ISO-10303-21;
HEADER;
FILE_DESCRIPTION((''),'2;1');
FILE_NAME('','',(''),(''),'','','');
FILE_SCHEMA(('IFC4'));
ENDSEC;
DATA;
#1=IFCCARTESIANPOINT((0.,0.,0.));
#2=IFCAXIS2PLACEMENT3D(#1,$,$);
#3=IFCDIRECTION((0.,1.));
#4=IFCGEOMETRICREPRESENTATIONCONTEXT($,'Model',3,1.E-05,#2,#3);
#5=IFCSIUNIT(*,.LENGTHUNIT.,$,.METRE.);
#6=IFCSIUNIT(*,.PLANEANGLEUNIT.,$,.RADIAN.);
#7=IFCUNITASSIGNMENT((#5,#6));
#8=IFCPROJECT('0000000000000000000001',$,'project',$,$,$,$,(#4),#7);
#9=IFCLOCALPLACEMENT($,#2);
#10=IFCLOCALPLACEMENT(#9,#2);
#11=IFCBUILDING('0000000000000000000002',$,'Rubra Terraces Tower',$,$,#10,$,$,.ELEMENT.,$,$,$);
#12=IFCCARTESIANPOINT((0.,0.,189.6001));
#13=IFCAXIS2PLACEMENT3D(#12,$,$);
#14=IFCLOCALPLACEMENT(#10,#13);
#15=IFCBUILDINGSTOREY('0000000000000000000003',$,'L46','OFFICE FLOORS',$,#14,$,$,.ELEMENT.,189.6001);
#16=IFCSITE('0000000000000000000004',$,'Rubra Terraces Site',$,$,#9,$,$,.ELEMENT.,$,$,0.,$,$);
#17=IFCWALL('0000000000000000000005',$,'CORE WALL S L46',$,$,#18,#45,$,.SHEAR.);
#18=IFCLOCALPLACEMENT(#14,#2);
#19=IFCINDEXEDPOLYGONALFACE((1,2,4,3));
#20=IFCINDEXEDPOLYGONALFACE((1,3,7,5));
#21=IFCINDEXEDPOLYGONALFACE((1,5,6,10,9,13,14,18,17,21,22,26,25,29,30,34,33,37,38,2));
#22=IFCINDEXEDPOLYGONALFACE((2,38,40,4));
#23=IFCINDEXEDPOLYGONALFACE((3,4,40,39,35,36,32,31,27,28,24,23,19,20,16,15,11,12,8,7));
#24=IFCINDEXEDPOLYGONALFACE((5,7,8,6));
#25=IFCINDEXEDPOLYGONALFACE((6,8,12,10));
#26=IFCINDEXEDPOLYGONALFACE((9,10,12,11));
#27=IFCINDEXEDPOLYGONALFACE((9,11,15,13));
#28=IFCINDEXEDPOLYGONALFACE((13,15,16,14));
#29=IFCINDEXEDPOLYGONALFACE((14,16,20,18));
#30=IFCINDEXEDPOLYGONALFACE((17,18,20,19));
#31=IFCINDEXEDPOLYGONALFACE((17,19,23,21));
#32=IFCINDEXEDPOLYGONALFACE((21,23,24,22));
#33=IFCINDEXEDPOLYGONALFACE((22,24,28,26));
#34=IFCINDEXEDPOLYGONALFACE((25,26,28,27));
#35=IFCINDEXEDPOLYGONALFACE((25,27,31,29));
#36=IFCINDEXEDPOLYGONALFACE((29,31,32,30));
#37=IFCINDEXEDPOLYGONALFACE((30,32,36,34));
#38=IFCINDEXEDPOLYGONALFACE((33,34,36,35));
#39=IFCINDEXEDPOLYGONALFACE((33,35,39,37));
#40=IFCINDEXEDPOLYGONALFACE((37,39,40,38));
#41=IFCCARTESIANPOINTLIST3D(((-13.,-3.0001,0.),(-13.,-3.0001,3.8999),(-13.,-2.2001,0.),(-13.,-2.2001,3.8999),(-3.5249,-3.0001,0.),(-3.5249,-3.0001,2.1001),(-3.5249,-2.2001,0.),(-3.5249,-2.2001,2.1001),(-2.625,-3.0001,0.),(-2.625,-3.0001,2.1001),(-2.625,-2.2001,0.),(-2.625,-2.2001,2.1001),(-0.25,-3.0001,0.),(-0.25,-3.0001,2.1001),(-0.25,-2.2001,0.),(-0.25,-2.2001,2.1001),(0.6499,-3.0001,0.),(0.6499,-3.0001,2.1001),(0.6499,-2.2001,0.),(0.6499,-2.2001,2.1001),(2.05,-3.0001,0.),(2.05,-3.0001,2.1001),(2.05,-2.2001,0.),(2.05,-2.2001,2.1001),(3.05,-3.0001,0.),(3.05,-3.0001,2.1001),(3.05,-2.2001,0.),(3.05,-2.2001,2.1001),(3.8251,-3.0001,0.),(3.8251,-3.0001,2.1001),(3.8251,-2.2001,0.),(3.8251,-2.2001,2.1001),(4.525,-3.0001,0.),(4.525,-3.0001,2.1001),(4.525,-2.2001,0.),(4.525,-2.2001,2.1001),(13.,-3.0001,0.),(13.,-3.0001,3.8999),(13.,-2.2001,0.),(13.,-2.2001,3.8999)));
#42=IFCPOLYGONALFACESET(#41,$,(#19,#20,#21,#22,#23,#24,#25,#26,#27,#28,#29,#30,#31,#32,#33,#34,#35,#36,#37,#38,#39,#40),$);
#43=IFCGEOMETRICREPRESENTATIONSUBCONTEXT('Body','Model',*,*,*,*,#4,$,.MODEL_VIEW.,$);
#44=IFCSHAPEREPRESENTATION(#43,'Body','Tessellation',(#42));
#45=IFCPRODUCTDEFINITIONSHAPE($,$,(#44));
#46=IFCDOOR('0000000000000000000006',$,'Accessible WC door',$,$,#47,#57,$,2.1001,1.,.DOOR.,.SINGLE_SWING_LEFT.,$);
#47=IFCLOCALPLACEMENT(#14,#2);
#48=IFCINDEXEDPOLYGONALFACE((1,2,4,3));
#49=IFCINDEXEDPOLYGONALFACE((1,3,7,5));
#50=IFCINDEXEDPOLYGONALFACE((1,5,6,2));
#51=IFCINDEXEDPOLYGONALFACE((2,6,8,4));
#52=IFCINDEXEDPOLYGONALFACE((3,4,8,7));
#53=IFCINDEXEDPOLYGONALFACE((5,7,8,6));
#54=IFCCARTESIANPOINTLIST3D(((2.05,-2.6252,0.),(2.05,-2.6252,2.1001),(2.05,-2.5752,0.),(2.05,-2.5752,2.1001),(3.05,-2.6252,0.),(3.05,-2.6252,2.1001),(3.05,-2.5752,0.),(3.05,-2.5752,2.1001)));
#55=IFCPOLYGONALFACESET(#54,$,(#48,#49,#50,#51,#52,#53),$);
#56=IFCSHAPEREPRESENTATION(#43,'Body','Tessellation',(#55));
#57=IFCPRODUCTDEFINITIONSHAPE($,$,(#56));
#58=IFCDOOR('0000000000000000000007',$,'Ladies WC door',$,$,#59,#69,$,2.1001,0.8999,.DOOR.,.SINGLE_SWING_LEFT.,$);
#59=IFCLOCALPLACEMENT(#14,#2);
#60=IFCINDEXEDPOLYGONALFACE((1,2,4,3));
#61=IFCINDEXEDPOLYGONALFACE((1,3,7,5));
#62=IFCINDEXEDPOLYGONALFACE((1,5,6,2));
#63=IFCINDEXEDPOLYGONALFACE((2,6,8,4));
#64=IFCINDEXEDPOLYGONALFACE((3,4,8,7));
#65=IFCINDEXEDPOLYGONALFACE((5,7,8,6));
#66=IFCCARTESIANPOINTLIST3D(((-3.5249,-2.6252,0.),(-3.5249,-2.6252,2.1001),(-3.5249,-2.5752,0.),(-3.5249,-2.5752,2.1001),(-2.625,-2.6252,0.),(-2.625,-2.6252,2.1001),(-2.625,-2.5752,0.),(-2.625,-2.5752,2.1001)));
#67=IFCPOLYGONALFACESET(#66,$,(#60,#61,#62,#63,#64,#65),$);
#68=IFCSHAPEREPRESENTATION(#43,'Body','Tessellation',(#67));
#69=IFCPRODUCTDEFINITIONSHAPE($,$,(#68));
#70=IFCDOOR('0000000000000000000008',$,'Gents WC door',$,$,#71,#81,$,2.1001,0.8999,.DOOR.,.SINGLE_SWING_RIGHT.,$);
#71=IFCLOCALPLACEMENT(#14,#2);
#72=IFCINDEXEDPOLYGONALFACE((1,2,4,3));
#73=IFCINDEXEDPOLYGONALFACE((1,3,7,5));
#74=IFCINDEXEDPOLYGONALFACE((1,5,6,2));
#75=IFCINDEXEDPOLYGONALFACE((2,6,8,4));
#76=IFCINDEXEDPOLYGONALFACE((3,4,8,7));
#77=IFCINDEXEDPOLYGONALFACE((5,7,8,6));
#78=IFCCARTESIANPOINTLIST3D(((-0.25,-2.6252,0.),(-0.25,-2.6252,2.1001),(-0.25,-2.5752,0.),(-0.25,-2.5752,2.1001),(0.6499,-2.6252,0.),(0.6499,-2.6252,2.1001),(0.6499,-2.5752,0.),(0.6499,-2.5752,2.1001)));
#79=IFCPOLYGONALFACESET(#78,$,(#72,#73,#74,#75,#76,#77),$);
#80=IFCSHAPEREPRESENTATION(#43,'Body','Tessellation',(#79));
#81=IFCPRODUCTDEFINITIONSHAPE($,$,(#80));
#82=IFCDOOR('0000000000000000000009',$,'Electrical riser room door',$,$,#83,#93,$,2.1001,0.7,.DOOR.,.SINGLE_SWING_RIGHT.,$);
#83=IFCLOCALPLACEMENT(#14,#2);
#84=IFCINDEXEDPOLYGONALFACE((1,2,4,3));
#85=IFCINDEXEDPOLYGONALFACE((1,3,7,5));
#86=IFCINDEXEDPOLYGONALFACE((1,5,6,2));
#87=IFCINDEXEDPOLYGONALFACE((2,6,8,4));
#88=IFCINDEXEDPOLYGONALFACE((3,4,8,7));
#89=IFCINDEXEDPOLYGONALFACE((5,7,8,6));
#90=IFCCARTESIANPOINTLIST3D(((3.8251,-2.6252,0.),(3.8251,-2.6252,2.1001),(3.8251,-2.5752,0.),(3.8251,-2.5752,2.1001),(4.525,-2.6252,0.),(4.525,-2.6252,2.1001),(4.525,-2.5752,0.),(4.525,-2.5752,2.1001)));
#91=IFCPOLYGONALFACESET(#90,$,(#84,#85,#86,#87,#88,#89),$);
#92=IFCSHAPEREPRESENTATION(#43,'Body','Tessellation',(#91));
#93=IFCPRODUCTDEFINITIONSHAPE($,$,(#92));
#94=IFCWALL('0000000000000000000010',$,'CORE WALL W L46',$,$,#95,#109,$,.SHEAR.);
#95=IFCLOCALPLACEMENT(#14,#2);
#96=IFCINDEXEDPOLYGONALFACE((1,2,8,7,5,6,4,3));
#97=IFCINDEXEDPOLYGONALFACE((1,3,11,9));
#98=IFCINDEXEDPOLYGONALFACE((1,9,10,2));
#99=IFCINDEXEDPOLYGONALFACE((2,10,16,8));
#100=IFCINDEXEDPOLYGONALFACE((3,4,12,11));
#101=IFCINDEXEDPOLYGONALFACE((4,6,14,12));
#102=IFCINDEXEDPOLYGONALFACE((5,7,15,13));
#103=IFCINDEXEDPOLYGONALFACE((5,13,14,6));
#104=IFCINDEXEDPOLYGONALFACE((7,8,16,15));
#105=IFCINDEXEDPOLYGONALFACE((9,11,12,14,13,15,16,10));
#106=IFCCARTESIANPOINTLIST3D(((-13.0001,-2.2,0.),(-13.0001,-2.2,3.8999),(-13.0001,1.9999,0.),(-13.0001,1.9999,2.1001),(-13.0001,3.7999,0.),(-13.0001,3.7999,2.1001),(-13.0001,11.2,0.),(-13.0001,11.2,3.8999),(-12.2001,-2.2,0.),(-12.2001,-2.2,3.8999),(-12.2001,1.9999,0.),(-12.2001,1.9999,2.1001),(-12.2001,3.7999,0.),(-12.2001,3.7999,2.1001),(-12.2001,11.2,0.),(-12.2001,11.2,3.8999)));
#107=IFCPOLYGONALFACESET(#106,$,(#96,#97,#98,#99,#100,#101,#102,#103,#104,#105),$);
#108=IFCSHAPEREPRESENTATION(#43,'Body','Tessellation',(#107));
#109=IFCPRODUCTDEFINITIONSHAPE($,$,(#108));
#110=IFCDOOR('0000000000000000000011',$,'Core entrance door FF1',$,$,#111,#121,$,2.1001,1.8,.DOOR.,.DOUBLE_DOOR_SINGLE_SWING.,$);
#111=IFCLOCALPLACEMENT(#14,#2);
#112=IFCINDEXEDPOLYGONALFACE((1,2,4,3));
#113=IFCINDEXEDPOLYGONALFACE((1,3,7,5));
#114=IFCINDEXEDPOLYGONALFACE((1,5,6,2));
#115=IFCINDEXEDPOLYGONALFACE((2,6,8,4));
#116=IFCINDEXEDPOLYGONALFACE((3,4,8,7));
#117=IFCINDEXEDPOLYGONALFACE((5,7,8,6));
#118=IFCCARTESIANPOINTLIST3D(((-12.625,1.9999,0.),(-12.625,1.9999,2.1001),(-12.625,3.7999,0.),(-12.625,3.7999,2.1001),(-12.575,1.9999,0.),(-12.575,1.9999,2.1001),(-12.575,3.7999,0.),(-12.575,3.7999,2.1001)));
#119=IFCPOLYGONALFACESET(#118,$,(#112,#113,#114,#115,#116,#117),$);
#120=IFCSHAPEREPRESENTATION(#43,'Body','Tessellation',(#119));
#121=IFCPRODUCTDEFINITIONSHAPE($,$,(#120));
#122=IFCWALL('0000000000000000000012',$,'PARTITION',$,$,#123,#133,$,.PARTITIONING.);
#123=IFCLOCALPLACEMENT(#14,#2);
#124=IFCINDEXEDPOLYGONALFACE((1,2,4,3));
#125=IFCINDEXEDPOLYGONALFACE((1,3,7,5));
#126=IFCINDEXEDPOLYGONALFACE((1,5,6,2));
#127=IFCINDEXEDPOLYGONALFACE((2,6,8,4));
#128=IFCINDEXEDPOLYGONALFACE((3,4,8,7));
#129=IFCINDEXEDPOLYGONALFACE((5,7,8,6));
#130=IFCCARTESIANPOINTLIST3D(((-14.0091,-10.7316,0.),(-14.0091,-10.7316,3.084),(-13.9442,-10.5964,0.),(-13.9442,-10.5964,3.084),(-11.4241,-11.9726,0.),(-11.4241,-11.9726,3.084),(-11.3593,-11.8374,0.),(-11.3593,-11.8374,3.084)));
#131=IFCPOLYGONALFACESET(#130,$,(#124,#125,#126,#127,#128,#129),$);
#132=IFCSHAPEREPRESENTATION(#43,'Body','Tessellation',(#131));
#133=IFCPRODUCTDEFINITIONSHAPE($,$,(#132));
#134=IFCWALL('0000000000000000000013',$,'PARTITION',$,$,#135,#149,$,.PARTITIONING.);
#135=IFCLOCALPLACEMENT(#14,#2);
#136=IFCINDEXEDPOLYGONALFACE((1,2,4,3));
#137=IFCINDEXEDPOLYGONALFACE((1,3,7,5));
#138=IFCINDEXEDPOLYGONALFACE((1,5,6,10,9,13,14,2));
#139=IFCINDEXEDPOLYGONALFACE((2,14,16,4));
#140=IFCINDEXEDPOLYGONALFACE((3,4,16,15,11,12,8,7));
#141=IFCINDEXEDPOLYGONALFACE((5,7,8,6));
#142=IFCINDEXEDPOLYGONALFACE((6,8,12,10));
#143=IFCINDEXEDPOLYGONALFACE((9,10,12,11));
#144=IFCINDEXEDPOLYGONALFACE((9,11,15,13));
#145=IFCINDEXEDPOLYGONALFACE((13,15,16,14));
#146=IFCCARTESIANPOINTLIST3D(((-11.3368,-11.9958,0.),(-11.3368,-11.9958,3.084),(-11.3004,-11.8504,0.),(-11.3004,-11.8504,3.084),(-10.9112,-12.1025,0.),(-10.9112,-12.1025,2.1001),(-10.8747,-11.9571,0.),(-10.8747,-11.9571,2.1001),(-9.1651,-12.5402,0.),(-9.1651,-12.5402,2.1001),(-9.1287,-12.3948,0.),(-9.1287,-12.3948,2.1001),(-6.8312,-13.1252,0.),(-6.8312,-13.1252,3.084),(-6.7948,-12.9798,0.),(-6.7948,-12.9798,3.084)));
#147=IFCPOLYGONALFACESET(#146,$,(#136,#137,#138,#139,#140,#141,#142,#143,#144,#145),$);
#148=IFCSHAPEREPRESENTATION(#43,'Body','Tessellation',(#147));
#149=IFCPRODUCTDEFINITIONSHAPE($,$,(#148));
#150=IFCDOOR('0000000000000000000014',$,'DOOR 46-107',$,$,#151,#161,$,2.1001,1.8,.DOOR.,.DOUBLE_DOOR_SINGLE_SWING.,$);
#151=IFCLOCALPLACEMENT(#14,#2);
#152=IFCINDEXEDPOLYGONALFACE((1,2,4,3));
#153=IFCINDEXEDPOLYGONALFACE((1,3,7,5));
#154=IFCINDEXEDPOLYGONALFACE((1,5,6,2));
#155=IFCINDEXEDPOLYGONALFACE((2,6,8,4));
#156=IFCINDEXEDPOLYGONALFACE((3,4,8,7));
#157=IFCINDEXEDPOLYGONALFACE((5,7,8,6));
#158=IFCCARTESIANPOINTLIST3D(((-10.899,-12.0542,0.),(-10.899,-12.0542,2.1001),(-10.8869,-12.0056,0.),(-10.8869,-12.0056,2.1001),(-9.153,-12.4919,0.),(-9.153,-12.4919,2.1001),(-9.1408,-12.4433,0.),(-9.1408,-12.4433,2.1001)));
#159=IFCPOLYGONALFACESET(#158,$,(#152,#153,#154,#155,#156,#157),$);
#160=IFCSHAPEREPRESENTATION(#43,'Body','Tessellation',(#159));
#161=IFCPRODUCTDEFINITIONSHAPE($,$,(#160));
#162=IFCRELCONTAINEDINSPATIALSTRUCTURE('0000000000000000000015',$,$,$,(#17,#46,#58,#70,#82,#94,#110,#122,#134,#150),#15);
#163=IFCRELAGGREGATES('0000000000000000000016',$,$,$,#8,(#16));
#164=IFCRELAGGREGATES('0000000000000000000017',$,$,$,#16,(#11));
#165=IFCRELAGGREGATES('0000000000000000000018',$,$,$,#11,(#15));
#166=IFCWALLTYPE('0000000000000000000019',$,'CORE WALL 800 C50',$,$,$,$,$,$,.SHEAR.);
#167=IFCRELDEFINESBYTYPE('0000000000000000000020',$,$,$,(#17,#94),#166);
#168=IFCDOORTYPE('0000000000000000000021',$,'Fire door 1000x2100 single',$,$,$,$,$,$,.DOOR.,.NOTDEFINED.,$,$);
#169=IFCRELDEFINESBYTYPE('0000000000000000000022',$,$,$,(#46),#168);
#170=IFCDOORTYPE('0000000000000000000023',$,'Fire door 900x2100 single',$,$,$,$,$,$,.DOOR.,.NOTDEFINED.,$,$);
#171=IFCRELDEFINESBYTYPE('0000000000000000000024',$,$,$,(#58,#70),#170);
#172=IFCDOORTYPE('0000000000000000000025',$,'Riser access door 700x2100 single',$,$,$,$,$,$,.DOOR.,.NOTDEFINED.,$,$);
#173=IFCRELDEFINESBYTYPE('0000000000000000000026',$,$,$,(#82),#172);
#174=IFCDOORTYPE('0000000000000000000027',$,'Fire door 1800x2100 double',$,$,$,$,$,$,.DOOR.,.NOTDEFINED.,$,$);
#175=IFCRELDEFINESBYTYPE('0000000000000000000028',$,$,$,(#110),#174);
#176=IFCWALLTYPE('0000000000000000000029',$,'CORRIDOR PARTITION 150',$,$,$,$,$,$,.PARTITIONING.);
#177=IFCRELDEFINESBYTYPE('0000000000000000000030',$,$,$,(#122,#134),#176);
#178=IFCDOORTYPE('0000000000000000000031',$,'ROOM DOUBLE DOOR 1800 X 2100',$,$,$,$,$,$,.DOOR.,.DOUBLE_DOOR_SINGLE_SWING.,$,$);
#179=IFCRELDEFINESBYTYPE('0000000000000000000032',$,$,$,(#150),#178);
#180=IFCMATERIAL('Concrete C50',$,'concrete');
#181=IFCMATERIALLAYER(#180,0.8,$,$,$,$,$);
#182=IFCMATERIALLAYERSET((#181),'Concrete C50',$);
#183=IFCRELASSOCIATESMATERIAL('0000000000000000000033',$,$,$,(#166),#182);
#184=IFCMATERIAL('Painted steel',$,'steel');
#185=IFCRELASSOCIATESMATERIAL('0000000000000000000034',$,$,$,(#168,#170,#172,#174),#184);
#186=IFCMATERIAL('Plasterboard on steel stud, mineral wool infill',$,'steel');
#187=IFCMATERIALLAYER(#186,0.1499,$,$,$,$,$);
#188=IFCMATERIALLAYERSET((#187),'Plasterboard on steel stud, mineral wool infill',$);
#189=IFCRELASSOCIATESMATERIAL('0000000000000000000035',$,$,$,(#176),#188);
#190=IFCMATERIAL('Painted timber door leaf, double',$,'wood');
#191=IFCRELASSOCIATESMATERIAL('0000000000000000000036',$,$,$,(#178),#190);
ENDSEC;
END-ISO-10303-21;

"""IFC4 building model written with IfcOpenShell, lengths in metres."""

from ifc_helpers import new_model, si_unit, direction, frame, frame_2d, origin, place, context, subcontext, project, spatial, rectangle, extrude, material, layer, layer_set, type_object, element, fill, save


model = new_model("IFC4")

# Units and contexts
model_context = context("Model", 3, precision=1e-05, world=origin(), true_north=direction((0.0, 1.0)))
body_context = subcontext(model_context, "Body", "Model", "MODEL_VIEW")
ifc_project = project(units=[si_unit("LENGTHUNIT", "METRE"), si_unit("PLANEANGLEUNIT", "RADIAN")], contexts=[model_context])

# Site, building, storey
site_placement = place(None, origin())
site = spatial("IfcSite", under=ifc_project, at=site_placement, Name="Rubra Terraces Site", CompositionType="ELEMENT", RefElevation=0.0)
building_placement = place(site_placement, origin())
building = spatial("IfcBuilding", under=site, at=building_placement, Name="Rubra Terraces Tower", CompositionType="ELEMENT")
storey_placement = place(building_placement, frame((0.0, 0.0, 189.6001)))
storey = spatial("IfcBuildingStorey", under=building, at=storey_placement, Name="L46", Description="OFFICE FLOORS", CompositionType="ELEMENT", Elevation=189.6001)

# Wall, openings, doors
ifc_material_1 = material(Name="Concrete C50", Category="concrete")
ifc_layer_1 = layer(ifc_material_1, 0.8)
ifc_layer_set_1 = layer_set([ifc_layer_1], Name="Concrete C50")
wall_type_1 = type_object("IfcWallType", Name="CORE WALL 800 C50", PredefinedType="SHEAR", material=ifc_layer_set_1)
wall_1_placement = place(storey_placement, frame((-13.0, -2.6001, 0.0), z_axis=(0.0, 0.0, 1.0), x_axis=(1.0, 0.0, 0.0)))
wall_1 = element("IfcWall", 1, at=wall_1_placement, inside=storey, type_object=wall_type_1, Name="CORE WALL S L46", PredefinedType="SHEAR", context=body_context, shape_type="SweptSolid", body=[
    extrude(rectangle(XDim=26.0, YDim=0.8, at=frame_2d((13.0, 0.0))), origin(), (0.0, 0.0, 1.0), 3.8999),
])
opening_1_placement = place(wall_1_placement, frame((9.4751, 0.0, 0.0)))
opening_1 = element("IfcOpeningElement", 2, at=opening_1_placement, cuts=wall_1, PredefinedType="OPENING", context=body_context, shape_type="SweptSolid", body=[
    extrude(rectangle(XDim=0.8999, YDim=2.1001, at=frame_2d((0.45, 1.05))), frame((0.0, 0.4099, 0.0), z_axis=(0.0, -1.0, 0.0), x_axis=(1.0, 0.0, 0.0)), (0.0, 0.0, 1.0), 0.8201),
])
opening_2_placement = place(wall_1_placement, frame((12.75, 0.0, 0.0)))
opening_2 = element("IfcOpeningElement", 3, at=opening_2_placement, cuts=wall_1, PredefinedType="OPENING", context=body_context, shape_type="SweptSolid", body=[
    extrude(rectangle(XDim=0.8999, YDim=2.1001, at=frame_2d((0.45, 1.05))), frame((0.0, 0.4099, 0.0), z_axis=(0.0, -1.0, 0.0), x_axis=(1.0, 0.0, 0.0)), (0.0, 0.0, 1.0), 0.8201),
])
opening_3_placement = place(wall_1_placement, frame((15.05, 0.0, 0.0)))
opening_3 = element("IfcOpeningElement", 4, at=opening_3_placement, cuts=wall_1, PredefinedType="OPENING", context=body_context, shape_type="SweptSolid", body=[
    extrude(rectangle(XDim=1.0, YDim=2.1001, at=frame_2d((0.5, 1.05))), frame((0.0, 0.4099, 0.0), z_axis=(0.0, -1.0, 0.0), x_axis=(1.0, 0.0, 0.0)), (0.0, 0.0, 1.0), 0.8201),
])
opening_4_placement = place(wall_1_placement, frame((16.825, 0.0, 0.0)))
opening_4 = element("IfcOpeningElement", 5, at=opening_4_placement, cuts=wall_1, PredefinedType="OPENING", context=body_context, shape_type="SweptSolid", body=[
    extrude(rectangle(XDim=0.7, YDim=2.1001, at=frame_2d((0.3501, 1.05))), frame((0.0, 0.4099, 0.0), z_axis=(0.0, -1.0, 0.0), x_axis=(1.0, 0.0, 0.0)), (0.0, 0.0, 1.0), 0.8201),
])
ifc_material_2 = material(Name="Painted steel", Category="steel")
door_type_1 = type_object("IfcDoorType", Name="Fire door 1000x2100 single", OperationType="NOTDEFINED", PredefinedType="DOOR", material=ifc_material_2)
door_1_placement = place(opening_3_placement, origin())
door_1 = element("IfcDoor", 6, at=door_1_placement, inside=storey, type_object=door_type_1, Name="Accessible WC door", OperationType="SINGLE_SWING_LEFT", OverallHeight=2.1001, OverallWidth=1.0, PredefinedType="DOOR", context=body_context, shape_type="SweptSolid", body=[
    extrude(rectangle(XDim=1.0, YDim=2.1001, at=frame_2d((0.5, 1.05))), frame((0.0, 0.0249, 0.0), z_axis=(0.0, -1.0, 0.0), x_axis=(1.0, 0.0, 0.0)), (0.0, 0.0, 1.0), 0.05),
])
fill(opening_3, door_1)
door_type_2 = type_object("IfcDoorType", Name="Fire door 900x2100 single", OperationType="NOTDEFINED", PredefinedType="DOOR", material=ifc_material_2)
door_2_placement = place(opening_1_placement, origin())
door_2 = element("IfcDoor", 7, at=door_2_placement, inside=storey, type_object=door_type_2, Name="Ladies WC door", OperationType="SINGLE_SWING_LEFT", OverallHeight=2.1001, OverallWidth=0.8999, PredefinedType="DOOR", context=body_context, shape_type="SweptSolid", body=[
    extrude(rectangle(XDim=0.8999, YDim=2.1001, at=frame_2d((0.45, 1.05))), frame((0.0, 0.0249, 0.0), z_axis=(0.0, -1.0, 0.0), x_axis=(1.0, 0.0, 0.0)), (0.0, 0.0, 1.0), 0.05),
])
fill(opening_1, door_2)
door_3_placement = place(opening_2_placement, origin())
door_3 = element("IfcDoor", 8, at=door_3_placement, inside=storey, type_object=door_type_2, Name="Gents WC door", OperationType="SINGLE_SWING_RIGHT", OverallHeight=2.1001, OverallWidth=0.8999, PredefinedType="DOOR", context=body_context, shape_type="SweptSolid", body=[
    extrude(rectangle(XDim=0.8999, YDim=2.1001, at=frame_2d((0.45, 1.05))), frame((0.0, 0.0249, 0.0), z_axis=(0.0, -1.0, 0.0), x_axis=(1.0, 0.0, 0.0)), (0.0, 0.0, 1.0), 0.05),
])
fill(opening_2, door_3)
door_type_3 = type_object("IfcDoorType", Name="Riser access door 700x2100 single", OperationType="NOTDEFINED", PredefinedType="DOOR", material=ifc_material_2)
door_4_placement = place(opening_4_placement, origin())
door_4 = element("IfcDoor", 9, at=door_4_placement, inside=storey, type_object=door_type_3, Name="Electrical riser room door", OperationType="SINGLE_SWING_RIGHT", OverallHeight=2.1001, OverallWidth=0.7, PredefinedType="DOOR", context=body_context, shape_type="SweptSolid", body=[
    extrude(rectangle(XDim=0.7, YDim=2.1001, at=frame_2d((0.3501, 1.05))), frame((0.0, 0.0249, 0.0), z_axis=(0.0, -1.0, 0.0), x_axis=(1.0, 0.0, 0.0)), (0.0, 0.0, 1.0), 0.05),
])
fill(opening_4, door_4)

# Wall, opening, door
wall_2_placement = place(storey_placement, frame((-12.6001, -2.2, 0.0), z_axis=(0.0, 0.0, 1.0), x_axis=(0.0, 1.0, 0.0)))
wall_2 = element("IfcWall", 10, at=wall_2_placement, inside=storey, type_object=wall_type_1, Name="CORE WALL W L46", PredefinedType="SHEAR", context=body_context, shape_type="SweptSolid", body=[
    extrude(rectangle(XDim=13.3999, YDim=0.8, at=frame_2d((6.7, 0.0))), origin(), (0.0, 0.0, 1.0), 3.8999),
])
opening_5_placement = place(wall_2_placement, frame((4.2, 0.0, 0.0)))
opening_5 = element("IfcOpeningElement", 11, at=opening_5_placement, cuts=wall_2, PredefinedType="OPENING", context=body_context, shape_type="SweptSolid", body=[
    extrude(rectangle(XDim=1.8, YDim=2.1001, at=frame_2d((0.8999, 1.05))), frame((0.0, 0.4099, 0.0), z_axis=(0.0, -1.0, 0.0), x_axis=(1.0, 0.0, 0.0)), (0.0, 0.0, 1.0), 0.8201),
])
door_type_4 = type_object("IfcDoorType", Name="Fire door 1800x2100 double", OperationType="NOTDEFINED", PredefinedType="DOOR", material=ifc_material_2)
door_5_placement = place(opening_5_placement, origin())
door_5 = element("IfcDoor", 12, at=door_5_placement, inside=storey, type_object=door_type_4, Name="Core entrance door FF1", OperationType="DOUBLE_DOOR_SINGLE_SWING", OverallHeight=2.1001, OverallWidth=1.8, PredefinedType="DOOR", context=body_context, shape_type="SweptSolid", body=[
    extrude(rectangle(XDim=1.8, YDim=2.1001, at=frame_2d((0.8999, 1.05))), frame((0.0, 0.0249, 0.0), z_axis=(0.0, -1.0, 0.0), x_axis=(1.0, 0.0, 0.0)), (0.0, 0.0, 1.0), 0.05),
])
fill(opening_5, door_5)

# Wall
ifc_material_3 = material(Name="Plasterboard on steel stud, mineral wool infill", Category="steel")
ifc_layer_2 = layer(ifc_material_3, 0.1499)
ifc_layer_set_2 = layer_set([ifc_layer_2], Name="Plasterboard on steel stud, mineral wool infill")
wall_type_2 = type_object("IfcWallType", Name="CORRIDOR PARTITION 150", PredefinedType="PARTITIONING", material=ifc_layer_set_2)
wall_3_placement = place(storey_placement, frame((-13.9766, -10.6641, 0.0), z_axis=(0.0, 0.0, 1.0), x_axis=(0.901498, -0.432784, 0.0)))
element("IfcWall", 13, at=wall_3_placement, inside=storey, type_object=wall_type_2, Name="PARTITION", PredefinedType="PARTITIONING", context=body_context, shape_type="SweptSolid", body=[
    extrude(rectangle(XDim=2.8674, YDim=0.1499, at=frame_2d((1.4336, 0.0))), origin(), (0.0, 0.0, 1.0), 3.084),
])

# Wall, opening, door
wall_4_placement = place(storey_placement, frame((-11.3186, -11.9231, 0.0), z_axis=(0.0, 0.0, 1.0), x_axis=(0.969991, -0.243142, 0.0)))
wall_4 = element("IfcWall", 14, at=wall_4_placement, inside=storey, type_object=wall_type_2, Name="PARTITION", PredefinedType="PARTITIONING", context=body_context, shape_type="SweptSolid", body=[
    extrude(rectangle(XDim=4.645, YDim=0.1499, at=frame_2d((2.3225, 0.0))), origin(), (0.0, 0.0, 1.0), 3.084),
])
opening_6_placement = place(wall_4_placement, frame((0.439, 0.0, 0.0)))
opening_6 = element("IfcOpeningElement", 15, at=opening_6_placement, cuts=wall_4, PredefinedType="OPENING", context=body_context, shape_type="SweptSolid", body=[
    extrude(rectangle(XDim=1.8, YDim=2.1001, at=frame_2d((0.8999, 1.05))), frame((0.0, 0.085, 0.0), z_axis=(0.0, -1.0, 0.0), x_axis=(1.0, 0.0, 0.0)), (0.0, 0.0, 1.0), 0.1699),
])
ifc_material_4 = material(Name="Painted timber door leaf, double", Category="wood")
door_type_5 = type_object("IfcDoorType", Name="ROOM DOUBLE DOOR 1800 X 2100", OperationType="DOUBLE_DOOR_SINGLE_SWING", PredefinedType="DOOR", material=ifc_material_4)
door_6_placement = place(opening_6_placement, origin())
door_6 = element("IfcDoor", 16, at=door_6_placement, inside=storey, type_object=door_type_5, Name="DOOR 46-107", OperationType="DOUBLE_DOOR_SINGLE_SWING", OverallHeight=2.1001, OverallWidth=1.8, PredefinedType="DOOR", context=body_context, shape_type="SweptSolid", body=[
    extrude(rectangle(XDim=1.8, YDim=2.1001, at=frame_2d((0.8999, 1.05))), frame((0.0, 0.0249, 0.0), z_axis=(0.0, -1.0, 0.0), x_axis=(1.0, 0.0, 0.0)), (0.0, 0.0, 1.0), 0.05),
])
fill(opening_6, door_6)

save(model, "model.ifc")
